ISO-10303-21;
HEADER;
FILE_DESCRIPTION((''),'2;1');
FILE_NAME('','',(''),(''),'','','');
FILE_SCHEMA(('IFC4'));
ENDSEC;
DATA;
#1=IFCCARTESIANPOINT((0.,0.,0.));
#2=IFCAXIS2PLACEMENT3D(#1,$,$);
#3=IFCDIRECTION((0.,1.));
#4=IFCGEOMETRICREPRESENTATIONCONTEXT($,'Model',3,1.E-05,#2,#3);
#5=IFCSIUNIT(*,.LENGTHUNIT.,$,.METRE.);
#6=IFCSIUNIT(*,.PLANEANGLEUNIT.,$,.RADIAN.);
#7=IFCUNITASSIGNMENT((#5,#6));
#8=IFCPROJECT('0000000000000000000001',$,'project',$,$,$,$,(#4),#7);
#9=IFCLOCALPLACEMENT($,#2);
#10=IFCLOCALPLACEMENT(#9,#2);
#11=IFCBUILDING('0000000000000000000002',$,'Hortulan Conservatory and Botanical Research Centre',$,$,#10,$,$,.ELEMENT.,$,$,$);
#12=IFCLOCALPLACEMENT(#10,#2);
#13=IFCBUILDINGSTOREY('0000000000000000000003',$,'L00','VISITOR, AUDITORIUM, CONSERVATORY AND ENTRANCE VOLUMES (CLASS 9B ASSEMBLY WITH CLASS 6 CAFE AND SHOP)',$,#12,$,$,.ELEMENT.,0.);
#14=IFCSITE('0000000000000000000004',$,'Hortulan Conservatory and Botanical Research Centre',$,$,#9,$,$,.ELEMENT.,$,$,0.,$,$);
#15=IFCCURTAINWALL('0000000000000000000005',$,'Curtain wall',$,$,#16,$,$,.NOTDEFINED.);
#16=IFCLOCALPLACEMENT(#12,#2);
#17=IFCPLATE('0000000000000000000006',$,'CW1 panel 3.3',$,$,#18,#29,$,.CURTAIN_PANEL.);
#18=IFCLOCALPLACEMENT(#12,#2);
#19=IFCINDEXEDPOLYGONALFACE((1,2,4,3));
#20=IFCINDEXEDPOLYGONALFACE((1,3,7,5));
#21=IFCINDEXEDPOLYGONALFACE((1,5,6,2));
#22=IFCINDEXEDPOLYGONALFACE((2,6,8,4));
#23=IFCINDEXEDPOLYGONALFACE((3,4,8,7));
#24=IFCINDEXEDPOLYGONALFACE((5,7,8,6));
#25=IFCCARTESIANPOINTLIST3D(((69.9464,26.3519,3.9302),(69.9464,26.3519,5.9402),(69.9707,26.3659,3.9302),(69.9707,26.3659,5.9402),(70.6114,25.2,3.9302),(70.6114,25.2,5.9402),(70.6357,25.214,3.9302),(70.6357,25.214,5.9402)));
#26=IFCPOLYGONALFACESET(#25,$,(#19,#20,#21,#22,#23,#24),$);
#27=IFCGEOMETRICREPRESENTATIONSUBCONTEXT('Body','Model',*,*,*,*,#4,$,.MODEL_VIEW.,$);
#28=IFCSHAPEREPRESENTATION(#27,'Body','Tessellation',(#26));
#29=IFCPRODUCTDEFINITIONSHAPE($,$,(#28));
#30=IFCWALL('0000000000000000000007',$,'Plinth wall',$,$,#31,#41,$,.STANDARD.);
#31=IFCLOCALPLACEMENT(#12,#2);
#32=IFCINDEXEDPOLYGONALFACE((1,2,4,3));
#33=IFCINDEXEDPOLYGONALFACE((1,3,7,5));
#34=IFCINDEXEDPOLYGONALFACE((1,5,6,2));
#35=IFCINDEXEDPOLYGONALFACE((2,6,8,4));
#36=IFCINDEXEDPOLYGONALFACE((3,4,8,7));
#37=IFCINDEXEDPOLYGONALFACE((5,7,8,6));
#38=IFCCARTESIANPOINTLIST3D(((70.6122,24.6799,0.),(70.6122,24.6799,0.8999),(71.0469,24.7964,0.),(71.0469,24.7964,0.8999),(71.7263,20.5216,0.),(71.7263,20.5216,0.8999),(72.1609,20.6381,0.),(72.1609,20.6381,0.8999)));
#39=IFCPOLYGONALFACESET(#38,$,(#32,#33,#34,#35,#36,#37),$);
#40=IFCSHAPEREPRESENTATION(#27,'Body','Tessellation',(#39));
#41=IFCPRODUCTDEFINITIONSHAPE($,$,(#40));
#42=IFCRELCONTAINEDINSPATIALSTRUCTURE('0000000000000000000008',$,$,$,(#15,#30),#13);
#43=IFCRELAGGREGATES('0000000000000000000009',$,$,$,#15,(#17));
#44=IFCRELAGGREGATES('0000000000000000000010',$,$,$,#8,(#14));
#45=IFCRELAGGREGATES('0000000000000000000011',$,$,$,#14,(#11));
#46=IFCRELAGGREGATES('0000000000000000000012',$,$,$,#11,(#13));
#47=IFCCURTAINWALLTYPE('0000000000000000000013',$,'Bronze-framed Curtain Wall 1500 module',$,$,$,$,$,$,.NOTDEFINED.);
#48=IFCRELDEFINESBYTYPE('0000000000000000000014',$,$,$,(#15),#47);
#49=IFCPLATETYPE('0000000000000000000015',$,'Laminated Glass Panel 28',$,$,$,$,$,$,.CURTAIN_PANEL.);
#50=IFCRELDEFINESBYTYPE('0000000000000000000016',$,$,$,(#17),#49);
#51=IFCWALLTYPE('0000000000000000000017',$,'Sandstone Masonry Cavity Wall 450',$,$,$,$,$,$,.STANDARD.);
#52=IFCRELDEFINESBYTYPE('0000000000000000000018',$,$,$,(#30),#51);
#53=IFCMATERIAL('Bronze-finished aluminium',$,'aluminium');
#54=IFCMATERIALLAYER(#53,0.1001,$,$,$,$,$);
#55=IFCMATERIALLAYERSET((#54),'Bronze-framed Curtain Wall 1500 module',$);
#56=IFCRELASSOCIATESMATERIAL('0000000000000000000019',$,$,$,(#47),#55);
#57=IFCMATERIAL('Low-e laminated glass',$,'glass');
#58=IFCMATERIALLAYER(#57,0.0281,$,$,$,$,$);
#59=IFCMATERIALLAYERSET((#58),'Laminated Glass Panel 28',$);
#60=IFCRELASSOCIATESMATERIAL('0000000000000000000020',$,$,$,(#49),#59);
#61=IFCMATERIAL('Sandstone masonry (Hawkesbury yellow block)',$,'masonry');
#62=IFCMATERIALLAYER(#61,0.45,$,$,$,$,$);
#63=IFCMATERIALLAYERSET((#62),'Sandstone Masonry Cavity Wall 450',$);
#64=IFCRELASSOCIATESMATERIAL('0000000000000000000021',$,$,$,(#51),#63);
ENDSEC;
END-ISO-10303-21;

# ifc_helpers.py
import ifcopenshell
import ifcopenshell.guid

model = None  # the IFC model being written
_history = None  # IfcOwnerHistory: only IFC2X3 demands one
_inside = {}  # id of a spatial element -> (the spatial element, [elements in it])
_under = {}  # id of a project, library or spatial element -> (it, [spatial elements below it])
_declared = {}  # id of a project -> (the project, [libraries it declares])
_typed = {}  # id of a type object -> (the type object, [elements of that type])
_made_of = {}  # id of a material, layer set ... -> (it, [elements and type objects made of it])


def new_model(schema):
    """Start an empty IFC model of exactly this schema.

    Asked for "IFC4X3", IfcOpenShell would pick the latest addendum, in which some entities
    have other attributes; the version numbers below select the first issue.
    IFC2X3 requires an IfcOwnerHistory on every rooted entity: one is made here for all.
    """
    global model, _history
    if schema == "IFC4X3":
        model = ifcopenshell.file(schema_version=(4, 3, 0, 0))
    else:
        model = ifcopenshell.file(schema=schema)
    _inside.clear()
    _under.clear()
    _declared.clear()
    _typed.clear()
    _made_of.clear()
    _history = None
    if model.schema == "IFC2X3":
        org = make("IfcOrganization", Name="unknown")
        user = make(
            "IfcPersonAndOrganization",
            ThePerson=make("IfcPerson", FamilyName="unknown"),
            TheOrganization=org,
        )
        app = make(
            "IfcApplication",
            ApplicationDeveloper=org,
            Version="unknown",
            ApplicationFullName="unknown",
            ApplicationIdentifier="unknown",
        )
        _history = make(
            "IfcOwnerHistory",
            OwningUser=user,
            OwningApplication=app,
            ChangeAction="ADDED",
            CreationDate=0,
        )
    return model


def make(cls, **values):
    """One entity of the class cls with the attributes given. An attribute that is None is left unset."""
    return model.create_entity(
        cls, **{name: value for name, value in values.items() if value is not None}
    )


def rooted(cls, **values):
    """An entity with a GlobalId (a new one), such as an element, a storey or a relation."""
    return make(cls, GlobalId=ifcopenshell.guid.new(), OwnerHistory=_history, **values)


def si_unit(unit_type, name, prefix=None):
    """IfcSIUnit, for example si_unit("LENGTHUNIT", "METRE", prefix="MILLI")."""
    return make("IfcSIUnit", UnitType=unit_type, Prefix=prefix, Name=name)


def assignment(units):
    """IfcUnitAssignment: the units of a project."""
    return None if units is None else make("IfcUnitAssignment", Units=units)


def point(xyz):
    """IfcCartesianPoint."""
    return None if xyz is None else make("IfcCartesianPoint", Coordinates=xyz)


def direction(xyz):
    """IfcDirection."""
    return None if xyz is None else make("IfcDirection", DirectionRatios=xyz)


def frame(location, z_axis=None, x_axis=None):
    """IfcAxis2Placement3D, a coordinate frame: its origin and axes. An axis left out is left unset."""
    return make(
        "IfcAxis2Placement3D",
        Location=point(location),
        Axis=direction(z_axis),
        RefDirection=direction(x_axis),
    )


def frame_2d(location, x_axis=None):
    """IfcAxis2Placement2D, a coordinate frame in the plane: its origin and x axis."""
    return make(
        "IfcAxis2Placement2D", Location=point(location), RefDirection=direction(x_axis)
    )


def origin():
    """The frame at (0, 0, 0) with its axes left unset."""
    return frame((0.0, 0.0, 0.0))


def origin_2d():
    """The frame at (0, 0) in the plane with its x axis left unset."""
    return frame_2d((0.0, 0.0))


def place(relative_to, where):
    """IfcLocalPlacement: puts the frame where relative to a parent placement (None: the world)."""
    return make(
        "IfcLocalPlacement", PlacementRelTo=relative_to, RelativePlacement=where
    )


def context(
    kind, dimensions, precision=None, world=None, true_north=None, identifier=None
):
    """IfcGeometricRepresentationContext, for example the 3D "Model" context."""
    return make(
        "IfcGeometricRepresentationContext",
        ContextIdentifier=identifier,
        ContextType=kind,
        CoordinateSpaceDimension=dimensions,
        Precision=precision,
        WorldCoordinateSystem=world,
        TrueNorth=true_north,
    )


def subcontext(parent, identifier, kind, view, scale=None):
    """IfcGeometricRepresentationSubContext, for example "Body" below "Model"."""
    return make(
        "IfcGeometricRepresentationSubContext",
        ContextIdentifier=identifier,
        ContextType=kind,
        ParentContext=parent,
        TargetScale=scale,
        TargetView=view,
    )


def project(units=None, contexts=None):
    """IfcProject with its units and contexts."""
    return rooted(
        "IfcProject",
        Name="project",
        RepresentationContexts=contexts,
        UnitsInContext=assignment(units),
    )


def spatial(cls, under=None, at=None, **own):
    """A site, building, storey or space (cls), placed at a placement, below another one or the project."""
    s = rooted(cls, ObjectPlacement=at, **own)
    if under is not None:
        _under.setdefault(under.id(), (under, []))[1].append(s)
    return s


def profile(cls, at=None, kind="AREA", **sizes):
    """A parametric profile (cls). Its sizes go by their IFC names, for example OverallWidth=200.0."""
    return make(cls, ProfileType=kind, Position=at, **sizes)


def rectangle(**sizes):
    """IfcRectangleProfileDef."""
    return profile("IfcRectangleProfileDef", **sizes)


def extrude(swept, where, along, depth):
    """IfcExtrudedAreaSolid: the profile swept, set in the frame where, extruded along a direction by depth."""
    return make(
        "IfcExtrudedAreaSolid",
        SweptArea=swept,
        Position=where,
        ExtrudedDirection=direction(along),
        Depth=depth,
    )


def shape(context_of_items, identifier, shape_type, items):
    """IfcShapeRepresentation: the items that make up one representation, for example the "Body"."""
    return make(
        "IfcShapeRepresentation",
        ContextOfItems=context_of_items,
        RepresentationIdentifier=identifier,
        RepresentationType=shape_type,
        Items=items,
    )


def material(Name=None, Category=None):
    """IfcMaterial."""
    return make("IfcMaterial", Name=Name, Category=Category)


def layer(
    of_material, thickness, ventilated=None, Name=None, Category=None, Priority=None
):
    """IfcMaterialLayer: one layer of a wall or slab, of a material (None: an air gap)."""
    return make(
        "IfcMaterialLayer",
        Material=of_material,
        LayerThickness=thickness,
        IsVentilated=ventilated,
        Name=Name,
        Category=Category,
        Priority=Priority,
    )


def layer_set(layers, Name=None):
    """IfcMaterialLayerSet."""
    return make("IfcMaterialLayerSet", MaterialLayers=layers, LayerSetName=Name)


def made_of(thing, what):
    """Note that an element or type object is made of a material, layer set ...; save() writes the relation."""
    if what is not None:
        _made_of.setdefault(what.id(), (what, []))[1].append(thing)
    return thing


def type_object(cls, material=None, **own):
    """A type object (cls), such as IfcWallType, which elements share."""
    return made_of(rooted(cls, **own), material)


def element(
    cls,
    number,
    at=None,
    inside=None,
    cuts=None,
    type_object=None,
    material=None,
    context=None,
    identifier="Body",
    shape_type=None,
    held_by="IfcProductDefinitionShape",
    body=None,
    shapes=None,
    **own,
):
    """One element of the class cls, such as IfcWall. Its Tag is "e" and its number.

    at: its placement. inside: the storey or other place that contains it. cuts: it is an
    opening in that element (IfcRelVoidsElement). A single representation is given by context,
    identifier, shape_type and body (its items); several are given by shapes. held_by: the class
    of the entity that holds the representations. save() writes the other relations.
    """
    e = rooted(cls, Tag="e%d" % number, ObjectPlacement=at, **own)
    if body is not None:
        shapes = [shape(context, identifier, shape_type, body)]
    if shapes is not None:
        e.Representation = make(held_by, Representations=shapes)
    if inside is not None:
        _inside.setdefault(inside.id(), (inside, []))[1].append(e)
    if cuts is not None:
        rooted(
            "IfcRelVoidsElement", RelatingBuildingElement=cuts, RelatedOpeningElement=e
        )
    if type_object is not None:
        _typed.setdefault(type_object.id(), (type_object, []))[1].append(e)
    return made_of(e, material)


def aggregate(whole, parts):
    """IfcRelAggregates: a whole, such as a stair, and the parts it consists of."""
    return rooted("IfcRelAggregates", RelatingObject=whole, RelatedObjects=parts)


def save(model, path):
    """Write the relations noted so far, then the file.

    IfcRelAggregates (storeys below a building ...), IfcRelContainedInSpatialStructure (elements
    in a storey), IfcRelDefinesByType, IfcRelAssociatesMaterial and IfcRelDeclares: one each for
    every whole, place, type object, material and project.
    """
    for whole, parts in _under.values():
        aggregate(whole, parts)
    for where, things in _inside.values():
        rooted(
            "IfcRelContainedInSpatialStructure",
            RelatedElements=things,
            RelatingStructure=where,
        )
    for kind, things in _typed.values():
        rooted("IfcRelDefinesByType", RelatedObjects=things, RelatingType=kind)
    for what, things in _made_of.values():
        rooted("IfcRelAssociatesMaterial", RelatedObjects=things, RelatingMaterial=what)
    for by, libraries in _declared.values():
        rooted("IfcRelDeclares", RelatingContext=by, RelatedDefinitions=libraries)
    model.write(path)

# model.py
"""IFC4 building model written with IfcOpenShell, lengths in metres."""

from ifc_helpers import new_model, si_unit, direction, frame, frame_2d, origin, origin_2d, place, context, subcontext, project, spatial, rectangle, extrude, material, layer, layer_set, type_object, element, aggregate, save


model = new_model("IFC4")

# Units and contexts
model_context = context("Model", 3, precision=1e-05, world=origin(), true_north=direction((0.0, 1.0)))
body_context = subcontext(model_context, "Body", "Model", "MODEL_VIEW")
ifc_project = project(units=[si_unit("LENGTHUNIT", "METRE"), si_unit("PLANEANGLEUNIT", "RADIAN")], contexts=[model_context])

# Site, building, storey
site_placement = place(None, origin())
site = spatial("IfcSite", under=ifc_project, at=site_placement, Name="Hortulan Conservatory and Botanical Research Centre", CompositionType="ELEMENT", RefElevation=0.0)
building_placement = place(site_placement, origin())
building = spatial("IfcBuilding", under=site, at=building_placement, Name="Hortulan Conservatory and Botanical Research Centre", CompositionType="ELEMENT")
storey_placement = place(building_placement, origin())
storey = spatial("IfcBuildingStorey", under=building, at=storey_placement, Name="L00", Description="VISITOR, AUDITORIUM, CONSERVATORY AND ENTRANCE VOLUMES (CLASS 9B ASSEMBLY WITH CLASS 6 CAFE AND SHOP)", CompositionType="ELEMENT", Elevation=0.0)

# Shared definitions
ifc_material_1 = material(Name="Bronze-finished aluminium", Category="aluminium")
ifc_layer_1 = layer(ifc_material_1, 0.1001)
ifc_layer_set_1 = layer_set([ifc_layer_1], Name="Bronze-framed Curtain Wall 1500 module")
curtain_wall_type = type_object("IfcCurtainWallType", Name="Bronze-framed Curtain Wall 1500 module", PredefinedType="NOTDEFINED", material=ifc_layer_set_1)

# Curtain wall
curtain_wall_1_placement = place(storey_placement, origin())
curtain_wall_1 = element("IfcCurtainWall", 1, at=curtain_wall_1_placement, inside=storey, type_object=curtain_wall_type, Name="Curtain wall", PredefinedType="NOTDEFINED")

# Plate
ifc_material_2 = material(Name="Low-e laminated glass", Category="glass")
ifc_layer_2 = layer(ifc_material_2, 0.0281)
ifc_layer_set_2 = layer_set([ifc_layer_2], Name="Laminated Glass Panel 28")
plate_type = type_object("IfcPlateType", Name="Laminated Glass Panel 28", PredefinedType="CURTAIN_PANEL", material=ifc_layer_set_2)
plate_1_placement = place(storey_placement, frame((70.291, 25.783, 3.9302), z_axis=(0.0, 0.0, 1.0), x_axis=(0.499981, -0.866036, 0.0)))
plate_1 = element("IfcPlate", 2, at=plate_1_placement, type_object=plate_type, Name="CW1 panel 3.3", PredefinedType="CURTAIN_PANEL", context=body_context, shape_type="SweptSolid", body=[
    extrude(rectangle(XDim=1.3301, YDim=0.0281, at=origin_2d()), origin(), (0.0, 0.0, 1.0), 2.01),
])
aggregate(curtain_wall_1, [plate_1])

# Wall
ifc_material_3 = material(Name="Sandstone masonry (Hawkesbury yellow block)", Category="masonry")
ifc_layer_3 = layer(ifc_material_3, 0.45)
ifc_layer_set_3 = layer_set([ifc_layer_3], Name="Sandstone Masonry Cavity Wall 450")
wall_type = type_object("IfcWallType", Name="Sandstone Masonry Cavity Wall 450", PredefinedType="STANDARD", material=ifc_layer_set_3)
wall_placement = place(storey_placement, frame((70.8296, 24.738, 0.0), z_axis=(0.0, 0.0, 1.0), x_axis=(0.258781, -0.965936, 0.0)))
element("IfcWall", 3, at=wall_placement, inside=storey, type_object=wall_type, Name="Plinth wall", PredefinedType="STANDARD", context=body_context, shape_type="SweptSolid", body=[
    extrude(rectangle(XDim=4.3049, YDim=0.45, at=frame_2d((2.1523, 0.0))), origin(), (0.0, 0.0, 1.0), 0.8999),
])

save(model, "model.ifc")
